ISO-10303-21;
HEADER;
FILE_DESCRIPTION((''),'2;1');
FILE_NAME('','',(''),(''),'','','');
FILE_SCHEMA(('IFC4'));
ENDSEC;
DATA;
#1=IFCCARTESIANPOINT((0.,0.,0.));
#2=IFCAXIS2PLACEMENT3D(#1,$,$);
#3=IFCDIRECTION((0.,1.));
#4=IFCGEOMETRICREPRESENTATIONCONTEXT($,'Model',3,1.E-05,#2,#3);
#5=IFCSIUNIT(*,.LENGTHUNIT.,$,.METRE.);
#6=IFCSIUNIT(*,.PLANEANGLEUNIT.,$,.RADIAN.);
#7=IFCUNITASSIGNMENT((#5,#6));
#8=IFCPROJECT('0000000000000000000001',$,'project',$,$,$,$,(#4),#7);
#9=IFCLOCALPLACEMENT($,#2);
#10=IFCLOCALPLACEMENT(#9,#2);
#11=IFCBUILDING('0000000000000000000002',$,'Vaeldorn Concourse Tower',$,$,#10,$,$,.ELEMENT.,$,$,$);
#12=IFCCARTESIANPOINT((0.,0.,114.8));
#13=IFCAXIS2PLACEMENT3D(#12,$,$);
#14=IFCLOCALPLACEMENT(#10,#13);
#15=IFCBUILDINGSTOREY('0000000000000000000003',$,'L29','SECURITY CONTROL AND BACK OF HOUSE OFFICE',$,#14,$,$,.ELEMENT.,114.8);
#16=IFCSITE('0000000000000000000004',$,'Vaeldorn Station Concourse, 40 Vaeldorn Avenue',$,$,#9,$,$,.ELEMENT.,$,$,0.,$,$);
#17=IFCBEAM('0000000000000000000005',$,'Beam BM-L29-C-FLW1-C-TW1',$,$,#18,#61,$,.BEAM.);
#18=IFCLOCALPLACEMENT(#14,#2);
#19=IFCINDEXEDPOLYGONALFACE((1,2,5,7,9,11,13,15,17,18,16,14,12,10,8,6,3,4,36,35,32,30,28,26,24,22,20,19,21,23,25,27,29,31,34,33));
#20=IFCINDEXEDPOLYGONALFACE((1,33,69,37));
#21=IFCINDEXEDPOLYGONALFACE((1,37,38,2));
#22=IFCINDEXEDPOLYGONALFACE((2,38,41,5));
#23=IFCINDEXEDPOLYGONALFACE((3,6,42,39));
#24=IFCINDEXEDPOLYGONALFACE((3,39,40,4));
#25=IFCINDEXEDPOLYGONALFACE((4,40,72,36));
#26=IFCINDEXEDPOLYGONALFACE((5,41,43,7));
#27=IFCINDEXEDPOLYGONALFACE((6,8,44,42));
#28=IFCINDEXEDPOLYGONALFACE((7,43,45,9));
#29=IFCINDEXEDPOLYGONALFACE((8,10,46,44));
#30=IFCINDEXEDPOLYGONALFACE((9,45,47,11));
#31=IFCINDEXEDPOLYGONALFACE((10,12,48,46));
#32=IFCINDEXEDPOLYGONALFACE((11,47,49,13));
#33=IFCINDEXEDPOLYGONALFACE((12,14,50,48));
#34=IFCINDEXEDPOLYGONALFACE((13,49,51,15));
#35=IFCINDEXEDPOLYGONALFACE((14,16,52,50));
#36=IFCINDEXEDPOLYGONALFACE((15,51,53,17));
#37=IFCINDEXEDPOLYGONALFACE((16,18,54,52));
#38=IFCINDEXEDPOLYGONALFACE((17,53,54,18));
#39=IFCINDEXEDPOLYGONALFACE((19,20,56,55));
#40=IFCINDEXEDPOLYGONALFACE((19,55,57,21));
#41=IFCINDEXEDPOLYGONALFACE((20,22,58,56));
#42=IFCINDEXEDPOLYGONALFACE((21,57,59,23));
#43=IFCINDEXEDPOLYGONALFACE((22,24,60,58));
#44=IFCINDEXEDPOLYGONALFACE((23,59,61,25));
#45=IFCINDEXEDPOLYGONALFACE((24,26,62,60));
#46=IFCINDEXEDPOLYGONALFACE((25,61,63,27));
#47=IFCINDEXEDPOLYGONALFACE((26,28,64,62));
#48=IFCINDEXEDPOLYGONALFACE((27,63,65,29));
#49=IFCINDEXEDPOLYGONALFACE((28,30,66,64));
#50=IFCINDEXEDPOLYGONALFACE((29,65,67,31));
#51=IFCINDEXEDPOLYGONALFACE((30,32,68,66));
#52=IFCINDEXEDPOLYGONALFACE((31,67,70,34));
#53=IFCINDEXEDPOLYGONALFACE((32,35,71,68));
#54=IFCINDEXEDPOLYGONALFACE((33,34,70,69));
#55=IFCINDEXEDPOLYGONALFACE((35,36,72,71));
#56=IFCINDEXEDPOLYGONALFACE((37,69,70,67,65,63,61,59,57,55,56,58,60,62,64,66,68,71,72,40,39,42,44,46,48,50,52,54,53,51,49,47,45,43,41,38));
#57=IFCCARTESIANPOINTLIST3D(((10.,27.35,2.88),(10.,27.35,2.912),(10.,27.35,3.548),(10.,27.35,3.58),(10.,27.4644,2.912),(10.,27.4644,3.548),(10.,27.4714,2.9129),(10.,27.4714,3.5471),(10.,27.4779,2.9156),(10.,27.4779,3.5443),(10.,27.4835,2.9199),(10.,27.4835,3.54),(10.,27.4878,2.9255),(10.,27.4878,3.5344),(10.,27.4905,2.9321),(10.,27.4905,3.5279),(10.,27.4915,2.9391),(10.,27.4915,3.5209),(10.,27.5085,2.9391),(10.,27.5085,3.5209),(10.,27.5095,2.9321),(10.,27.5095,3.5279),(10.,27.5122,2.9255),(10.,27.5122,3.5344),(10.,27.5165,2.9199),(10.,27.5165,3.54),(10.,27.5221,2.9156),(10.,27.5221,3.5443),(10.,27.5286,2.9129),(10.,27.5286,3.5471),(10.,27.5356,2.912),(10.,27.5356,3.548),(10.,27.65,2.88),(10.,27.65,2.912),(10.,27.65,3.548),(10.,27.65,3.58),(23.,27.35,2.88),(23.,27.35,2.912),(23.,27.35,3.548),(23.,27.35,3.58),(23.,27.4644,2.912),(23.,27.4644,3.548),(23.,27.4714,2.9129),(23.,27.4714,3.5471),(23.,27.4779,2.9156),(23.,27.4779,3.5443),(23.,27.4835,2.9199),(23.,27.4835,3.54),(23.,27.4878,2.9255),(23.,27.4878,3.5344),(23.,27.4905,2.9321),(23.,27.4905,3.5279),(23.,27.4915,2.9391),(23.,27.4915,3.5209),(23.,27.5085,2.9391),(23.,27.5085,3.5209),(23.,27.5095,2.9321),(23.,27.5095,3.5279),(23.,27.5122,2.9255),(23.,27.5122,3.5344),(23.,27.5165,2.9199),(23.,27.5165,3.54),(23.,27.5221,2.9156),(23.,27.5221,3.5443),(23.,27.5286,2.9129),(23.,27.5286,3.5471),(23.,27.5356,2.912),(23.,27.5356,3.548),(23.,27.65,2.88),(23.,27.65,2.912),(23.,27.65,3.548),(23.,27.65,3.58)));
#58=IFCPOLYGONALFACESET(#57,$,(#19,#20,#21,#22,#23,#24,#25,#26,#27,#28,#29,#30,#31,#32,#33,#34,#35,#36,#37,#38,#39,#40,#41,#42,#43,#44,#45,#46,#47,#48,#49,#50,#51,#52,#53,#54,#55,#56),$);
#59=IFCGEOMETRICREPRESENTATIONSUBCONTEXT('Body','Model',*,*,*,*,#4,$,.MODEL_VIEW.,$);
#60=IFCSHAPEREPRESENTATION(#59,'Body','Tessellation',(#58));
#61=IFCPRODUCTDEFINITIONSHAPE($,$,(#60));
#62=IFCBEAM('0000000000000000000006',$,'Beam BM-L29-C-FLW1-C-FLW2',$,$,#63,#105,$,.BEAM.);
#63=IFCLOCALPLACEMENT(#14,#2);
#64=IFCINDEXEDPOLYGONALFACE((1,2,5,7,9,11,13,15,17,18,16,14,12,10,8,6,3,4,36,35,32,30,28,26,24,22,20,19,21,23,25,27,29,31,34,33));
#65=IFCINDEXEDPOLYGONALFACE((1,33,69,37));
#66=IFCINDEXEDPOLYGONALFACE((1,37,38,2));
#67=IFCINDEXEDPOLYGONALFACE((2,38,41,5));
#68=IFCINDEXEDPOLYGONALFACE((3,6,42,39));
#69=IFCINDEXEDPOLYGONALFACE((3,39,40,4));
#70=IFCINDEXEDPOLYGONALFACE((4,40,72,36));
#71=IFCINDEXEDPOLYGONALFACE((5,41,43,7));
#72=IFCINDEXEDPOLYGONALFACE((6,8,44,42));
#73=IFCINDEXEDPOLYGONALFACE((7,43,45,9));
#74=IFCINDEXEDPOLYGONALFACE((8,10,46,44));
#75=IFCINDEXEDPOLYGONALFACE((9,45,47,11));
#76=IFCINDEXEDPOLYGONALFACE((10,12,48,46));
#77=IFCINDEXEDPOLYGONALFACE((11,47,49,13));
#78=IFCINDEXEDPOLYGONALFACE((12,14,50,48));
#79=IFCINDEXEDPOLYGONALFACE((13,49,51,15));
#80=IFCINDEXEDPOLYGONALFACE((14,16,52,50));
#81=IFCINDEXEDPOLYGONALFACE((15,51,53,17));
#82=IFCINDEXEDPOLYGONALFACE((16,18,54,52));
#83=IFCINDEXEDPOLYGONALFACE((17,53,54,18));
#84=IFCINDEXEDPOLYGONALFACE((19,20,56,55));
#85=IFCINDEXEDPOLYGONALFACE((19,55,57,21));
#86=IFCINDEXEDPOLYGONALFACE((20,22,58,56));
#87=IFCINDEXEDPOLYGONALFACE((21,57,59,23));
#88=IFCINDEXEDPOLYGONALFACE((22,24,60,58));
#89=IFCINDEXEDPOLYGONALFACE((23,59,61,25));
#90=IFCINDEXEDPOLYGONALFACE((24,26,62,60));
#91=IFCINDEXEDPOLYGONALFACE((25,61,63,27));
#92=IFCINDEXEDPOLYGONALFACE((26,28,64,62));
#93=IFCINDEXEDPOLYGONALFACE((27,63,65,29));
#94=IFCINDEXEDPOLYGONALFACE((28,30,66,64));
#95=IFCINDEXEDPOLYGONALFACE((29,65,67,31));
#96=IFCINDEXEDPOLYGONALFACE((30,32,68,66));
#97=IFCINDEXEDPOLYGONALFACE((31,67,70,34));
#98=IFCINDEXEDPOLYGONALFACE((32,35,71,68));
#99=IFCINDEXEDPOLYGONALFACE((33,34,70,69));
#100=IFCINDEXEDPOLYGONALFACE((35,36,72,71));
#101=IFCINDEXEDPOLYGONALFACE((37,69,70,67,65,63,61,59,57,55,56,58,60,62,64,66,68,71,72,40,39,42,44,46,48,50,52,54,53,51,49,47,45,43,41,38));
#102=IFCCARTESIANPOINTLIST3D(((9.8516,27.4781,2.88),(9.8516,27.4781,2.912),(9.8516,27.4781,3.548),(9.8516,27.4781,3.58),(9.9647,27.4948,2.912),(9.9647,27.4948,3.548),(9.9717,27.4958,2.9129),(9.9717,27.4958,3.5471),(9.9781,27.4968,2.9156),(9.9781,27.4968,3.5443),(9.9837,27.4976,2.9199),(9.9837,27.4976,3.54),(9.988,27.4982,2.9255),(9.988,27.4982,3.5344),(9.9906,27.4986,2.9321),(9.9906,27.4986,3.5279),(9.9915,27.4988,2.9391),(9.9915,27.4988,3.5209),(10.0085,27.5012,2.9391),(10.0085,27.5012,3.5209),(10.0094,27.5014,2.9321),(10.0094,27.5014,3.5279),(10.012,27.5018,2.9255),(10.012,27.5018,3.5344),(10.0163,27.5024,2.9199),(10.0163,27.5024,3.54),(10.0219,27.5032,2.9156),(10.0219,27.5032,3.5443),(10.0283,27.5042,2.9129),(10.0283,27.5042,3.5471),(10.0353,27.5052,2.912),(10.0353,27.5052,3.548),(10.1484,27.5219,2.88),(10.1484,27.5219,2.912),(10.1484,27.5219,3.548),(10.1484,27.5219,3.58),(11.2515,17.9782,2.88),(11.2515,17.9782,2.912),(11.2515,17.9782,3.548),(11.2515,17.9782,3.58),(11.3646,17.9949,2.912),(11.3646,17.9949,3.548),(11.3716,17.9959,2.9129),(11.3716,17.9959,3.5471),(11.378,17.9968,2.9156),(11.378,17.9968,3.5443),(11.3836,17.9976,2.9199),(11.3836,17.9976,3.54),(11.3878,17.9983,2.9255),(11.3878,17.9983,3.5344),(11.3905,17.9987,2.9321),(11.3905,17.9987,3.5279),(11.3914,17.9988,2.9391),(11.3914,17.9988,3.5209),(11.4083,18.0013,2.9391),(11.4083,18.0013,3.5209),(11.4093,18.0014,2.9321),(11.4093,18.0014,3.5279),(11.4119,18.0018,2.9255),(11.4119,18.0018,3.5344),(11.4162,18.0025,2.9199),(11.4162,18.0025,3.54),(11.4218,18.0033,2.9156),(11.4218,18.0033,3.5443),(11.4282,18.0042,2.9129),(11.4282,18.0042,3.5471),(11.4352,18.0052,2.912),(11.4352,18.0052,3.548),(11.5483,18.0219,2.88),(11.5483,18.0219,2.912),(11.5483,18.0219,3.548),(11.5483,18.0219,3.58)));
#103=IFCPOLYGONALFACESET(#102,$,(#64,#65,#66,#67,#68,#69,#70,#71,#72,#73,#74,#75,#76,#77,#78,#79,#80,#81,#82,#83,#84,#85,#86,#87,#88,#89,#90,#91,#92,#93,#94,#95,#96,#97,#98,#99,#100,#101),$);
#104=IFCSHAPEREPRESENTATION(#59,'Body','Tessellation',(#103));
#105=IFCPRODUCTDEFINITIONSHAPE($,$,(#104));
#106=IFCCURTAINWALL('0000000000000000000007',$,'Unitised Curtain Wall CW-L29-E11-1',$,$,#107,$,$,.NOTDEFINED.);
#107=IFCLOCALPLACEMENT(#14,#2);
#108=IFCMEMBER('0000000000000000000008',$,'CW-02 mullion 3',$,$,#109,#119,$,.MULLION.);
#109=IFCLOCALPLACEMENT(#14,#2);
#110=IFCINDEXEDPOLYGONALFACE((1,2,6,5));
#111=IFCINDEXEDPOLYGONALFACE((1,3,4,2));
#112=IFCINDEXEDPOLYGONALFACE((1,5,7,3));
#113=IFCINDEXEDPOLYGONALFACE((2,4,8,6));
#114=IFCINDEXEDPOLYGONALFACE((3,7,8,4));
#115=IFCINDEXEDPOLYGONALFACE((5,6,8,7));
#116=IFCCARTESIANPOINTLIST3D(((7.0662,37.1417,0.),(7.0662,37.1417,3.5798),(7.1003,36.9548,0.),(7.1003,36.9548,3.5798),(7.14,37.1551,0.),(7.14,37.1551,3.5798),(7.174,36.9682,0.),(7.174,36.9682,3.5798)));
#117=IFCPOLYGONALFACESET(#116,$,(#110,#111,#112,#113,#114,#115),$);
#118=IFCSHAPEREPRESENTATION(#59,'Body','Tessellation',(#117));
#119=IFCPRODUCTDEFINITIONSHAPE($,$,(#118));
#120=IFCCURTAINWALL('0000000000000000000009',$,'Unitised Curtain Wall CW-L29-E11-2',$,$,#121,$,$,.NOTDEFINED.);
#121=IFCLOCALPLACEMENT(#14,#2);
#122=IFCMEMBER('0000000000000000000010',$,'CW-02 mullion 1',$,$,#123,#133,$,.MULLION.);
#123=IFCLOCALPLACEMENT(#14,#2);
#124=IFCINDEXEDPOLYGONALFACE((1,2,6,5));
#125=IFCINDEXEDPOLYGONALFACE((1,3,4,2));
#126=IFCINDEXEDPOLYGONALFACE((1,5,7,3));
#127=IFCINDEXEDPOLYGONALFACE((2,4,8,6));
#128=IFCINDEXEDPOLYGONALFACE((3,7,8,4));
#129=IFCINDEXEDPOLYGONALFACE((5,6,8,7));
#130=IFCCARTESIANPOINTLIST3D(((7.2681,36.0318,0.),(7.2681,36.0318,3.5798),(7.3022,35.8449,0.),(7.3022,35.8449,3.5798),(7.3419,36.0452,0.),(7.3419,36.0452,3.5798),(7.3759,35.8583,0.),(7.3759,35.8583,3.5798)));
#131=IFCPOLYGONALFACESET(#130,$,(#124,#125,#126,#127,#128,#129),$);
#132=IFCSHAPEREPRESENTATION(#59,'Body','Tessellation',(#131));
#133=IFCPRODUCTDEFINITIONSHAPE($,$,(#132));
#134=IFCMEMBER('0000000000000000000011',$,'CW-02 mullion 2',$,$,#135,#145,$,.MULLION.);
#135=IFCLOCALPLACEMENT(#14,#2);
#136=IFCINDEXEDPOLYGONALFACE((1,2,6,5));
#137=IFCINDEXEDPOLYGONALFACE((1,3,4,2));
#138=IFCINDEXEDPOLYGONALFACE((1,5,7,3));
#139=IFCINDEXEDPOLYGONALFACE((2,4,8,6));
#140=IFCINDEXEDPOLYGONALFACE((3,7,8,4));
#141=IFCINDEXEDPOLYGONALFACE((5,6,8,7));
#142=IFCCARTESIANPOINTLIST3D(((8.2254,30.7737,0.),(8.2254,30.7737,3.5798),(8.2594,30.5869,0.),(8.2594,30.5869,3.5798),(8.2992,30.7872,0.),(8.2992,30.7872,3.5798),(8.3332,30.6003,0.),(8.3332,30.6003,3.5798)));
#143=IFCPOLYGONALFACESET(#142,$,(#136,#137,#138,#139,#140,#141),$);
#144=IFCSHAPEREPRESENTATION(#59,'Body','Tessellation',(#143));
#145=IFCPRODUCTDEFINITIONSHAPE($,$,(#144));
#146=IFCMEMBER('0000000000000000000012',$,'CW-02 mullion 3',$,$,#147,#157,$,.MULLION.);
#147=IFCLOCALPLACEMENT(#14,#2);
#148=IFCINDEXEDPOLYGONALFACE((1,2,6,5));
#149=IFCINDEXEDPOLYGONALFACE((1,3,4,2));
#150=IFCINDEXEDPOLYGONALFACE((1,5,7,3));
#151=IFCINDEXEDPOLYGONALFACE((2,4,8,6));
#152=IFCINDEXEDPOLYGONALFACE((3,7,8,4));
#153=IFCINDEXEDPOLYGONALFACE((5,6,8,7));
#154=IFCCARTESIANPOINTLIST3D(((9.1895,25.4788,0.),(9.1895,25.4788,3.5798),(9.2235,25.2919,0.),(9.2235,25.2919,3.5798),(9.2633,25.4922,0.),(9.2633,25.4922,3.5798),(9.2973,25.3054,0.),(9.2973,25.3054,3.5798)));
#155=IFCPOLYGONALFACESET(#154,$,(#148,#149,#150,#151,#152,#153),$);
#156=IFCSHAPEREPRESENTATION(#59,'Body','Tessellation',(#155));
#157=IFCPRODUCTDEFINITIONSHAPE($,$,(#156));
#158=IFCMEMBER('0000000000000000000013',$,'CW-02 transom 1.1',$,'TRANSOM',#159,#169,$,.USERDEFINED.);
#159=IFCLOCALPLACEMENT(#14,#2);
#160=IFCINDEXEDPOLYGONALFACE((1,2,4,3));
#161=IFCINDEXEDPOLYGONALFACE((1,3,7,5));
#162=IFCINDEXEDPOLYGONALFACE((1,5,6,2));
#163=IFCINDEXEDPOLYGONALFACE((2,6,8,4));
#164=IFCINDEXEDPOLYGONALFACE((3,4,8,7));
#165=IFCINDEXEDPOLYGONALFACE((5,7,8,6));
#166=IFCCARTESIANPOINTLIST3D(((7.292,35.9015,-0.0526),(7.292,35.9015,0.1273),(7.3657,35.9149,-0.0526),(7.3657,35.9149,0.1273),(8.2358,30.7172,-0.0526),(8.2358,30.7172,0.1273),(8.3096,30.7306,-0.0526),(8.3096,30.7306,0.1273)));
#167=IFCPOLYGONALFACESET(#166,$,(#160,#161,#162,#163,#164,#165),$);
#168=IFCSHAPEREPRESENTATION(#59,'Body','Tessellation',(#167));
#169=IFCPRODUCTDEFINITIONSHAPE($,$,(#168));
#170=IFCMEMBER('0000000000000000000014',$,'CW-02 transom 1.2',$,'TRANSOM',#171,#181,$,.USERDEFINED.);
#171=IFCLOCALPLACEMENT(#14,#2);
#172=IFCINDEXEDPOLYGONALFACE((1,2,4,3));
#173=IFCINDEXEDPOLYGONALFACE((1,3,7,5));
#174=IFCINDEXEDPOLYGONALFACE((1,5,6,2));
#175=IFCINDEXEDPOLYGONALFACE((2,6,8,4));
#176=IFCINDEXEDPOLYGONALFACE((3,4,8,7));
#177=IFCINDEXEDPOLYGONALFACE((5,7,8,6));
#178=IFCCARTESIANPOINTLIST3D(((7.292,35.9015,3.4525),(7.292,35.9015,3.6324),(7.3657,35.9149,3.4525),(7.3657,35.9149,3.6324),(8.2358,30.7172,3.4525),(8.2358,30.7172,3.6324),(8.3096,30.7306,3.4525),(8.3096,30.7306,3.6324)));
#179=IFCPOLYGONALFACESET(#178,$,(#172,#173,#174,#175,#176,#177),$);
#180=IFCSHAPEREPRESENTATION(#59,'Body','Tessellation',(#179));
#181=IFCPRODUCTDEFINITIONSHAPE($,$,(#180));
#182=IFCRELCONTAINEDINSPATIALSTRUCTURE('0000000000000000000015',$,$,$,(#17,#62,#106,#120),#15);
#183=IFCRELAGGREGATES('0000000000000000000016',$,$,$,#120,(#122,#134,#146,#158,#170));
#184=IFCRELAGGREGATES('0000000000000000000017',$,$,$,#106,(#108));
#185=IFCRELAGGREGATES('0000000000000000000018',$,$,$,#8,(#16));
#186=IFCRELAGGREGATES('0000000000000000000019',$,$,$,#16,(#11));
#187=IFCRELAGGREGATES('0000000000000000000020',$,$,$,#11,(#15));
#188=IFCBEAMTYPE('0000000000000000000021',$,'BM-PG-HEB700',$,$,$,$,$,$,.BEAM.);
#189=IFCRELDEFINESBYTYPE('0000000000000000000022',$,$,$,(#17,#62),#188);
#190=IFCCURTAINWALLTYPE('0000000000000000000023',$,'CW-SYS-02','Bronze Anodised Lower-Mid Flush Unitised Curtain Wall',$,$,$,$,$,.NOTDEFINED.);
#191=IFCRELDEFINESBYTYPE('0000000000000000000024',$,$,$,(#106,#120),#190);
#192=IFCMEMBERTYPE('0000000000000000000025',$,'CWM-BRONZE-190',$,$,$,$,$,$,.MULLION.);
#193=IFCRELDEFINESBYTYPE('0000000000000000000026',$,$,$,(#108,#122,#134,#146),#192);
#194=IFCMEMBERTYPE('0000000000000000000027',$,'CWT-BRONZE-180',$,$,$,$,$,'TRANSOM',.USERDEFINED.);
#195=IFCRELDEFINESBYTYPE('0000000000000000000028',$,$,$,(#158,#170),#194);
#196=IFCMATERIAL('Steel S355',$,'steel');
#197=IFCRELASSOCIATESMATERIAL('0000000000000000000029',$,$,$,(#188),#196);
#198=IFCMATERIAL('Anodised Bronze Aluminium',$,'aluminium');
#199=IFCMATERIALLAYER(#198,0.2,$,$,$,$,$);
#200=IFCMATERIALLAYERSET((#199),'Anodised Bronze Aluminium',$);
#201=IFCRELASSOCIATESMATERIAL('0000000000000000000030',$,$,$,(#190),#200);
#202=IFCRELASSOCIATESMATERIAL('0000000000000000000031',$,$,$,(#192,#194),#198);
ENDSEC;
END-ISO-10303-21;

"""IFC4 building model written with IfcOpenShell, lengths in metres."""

from ifc_helpers import new_model, si_unit, direction, frame, origin, origin_2d, place, context, subcontext, project, spatial, rectangle, i_section, extrude, source, transform, mapped, material, layer, layer_set, material_profile, profile_set, type_object, element, aggregate, save


model = new_model("IFC4")

# Units and contexts
model_context = context("Model", 3, precision=1e-05, world=origin(), true_north=direction((0.0, 1.0)))
body_context = subcontext(model_context, "Body", "Model", "MODEL_VIEW")
ifc_project = project(units=[si_unit("LENGTHUNIT", "METRE"), si_unit("PLANEANGLEUNIT", "RADIAN")], contexts=[model_context])

# Site, building, storey
site_placement = place(None, origin())
site = spatial("IfcSite", under=ifc_project, at=site_placement, Name="Vaeldorn Station Concourse, 40 Vaeldorn Avenue", CompositionType="ELEMENT", RefElevation=0.0)
building_placement = place(site_placement, origin())
building = spatial("IfcBuilding", under=site, at=building_placement, Name="Vaeldorn Concourse Tower", CompositionType="ELEMENT")
storey_placement = place(building_placement, frame((0.0, 0.0, 114.8)))
storey = spatial("IfcBuildingStorey", under=building, at=storey_placement, Name="L29", Description="SECURITY CONTROL AND BACK OF HOUSE OFFICE", CompositionType="ELEMENT", Elevation=114.8)

# Beams
ifc_material_1 = material(Name="Steel S355", Category="steel")
ifc_material_profile_1 = material_profile(ifc_material_1, i_section(OverallWidth=0.3, OverallDepth=0.7, WebThickness=0.0171, FlangeThickness=0.032, FilletRadius=0.0271, at=origin_2d()), Name="HEB 700")
ifc_profile_set_1 = profile_set([ifc_material_profile_1], Name="Steel S355")
beam_type_1 = type_object("IfcBeamType", Name="BM-PG-HEB700", PredefinedType="BEAM", material=ifc_profile_set_1)
shared_shape_1 = source(origin(), body_context, "Body", "SweptSolid", [
    extrude(i_section(OverallWidth=0.3, OverallDepth=0.7, WebThickness=0.0171, FlangeThickness=0.032, FilletRadius=0.0271, at=origin_2d()), origin(), (0.0, 0.0, 1.0), 13.0),
])
beam_1_placement = place(storey_placement, frame((10.0, 27.5, 3.23), z_axis=(1.0, 0.0, 0.0), x_axis=(0.0, 1.0, 0.0)))
element("IfcBeam", 1, at=beam_1_placement, inside=storey, type_object=beam_type_1, Name="Beam BM-L29-C-FLW1-C-TW1", PredefinedType="BEAM", context=body_context, shape_type="MappedRepresentation", body=[
    mapped(shared_shape_1, transform((0.0, 0.0, 0.0), scale=1.0)),
])
shared_shape_2 = source(origin(), body_context, "Body", "SweptSolid", [
    extrude(i_section(OverallWidth=0.3, OverallDepth=0.7, WebThickness=0.0171, FlangeThickness=0.032, FilletRadius=0.0271, at=origin_2d()), origin(), (0.0, 0.0, 1.0), 9.6025),
])
beam_2_placement = place(storey_placement, frame((10.0, 27.5, 3.23), z_axis=(0.145784, -0.989316, 0.0), x_axis=(0.989316, 0.145784, 0.0)))
element("IfcBeam", 2, at=beam_2_placement, inside=storey, type_object=beam_type_1, Name="Beam BM-L29-C-FLW1-C-FLW2", PredefinedType="BEAM", context=body_context, shape_type="MappedRepresentation", body=[
    mapped(shared_shape_2, transform((0.0, 0.0, 0.0), scale=1.0)),
])

# Curtain wall, member
ifc_material_2 = material(Name="Anodised Bronze Aluminium", Category="aluminium")
ifc_layer_1 = layer(ifc_material_2, 0.2)
ifc_layer_set_1 = layer_set([ifc_layer_1], Name="Anodised Bronze Aluminium")
curtain_wall_type = type_object("IfcCurtainWallType", Name="CW-SYS-02", Description="Bronze Anodised Lower-Mid Flush Unitised Curtain Wall", PredefinedType="NOTDEFINED", material=ifc_layer_set_1)
curtain_wall_1_placement = place(storey_placement, origin())
curtain_wall_1 = element("IfcCurtainWall", 3, at=curtain_wall_1_placement, inside=storey, type_object=curtain_wall_type, Name="Unitised Curtain Wall CW-L29-E11-1", PredefinedType="NOTDEFINED")
ifc_material_profile_2 = material_profile(ifc_material_2, rectangle(XDim=0.075, YDim=0.1899, at=origin_2d()), Name="CWM 75x190")
ifc_profile_set_2 = profile_set([ifc_material_profile_2], Name="Anodised Bronze Aluminium")
member_type_1 = type_object("IfcMemberType", Name="CWM-BRONZE-190", PredefinedType="MULLION", material=ifc_profile_set_2)
shared_shape_3 = source(origin(), body_context, "Body", "SweptSolid", [
    extrude(rectangle(XDim=0.075, YDim=0.1899, at=origin_2d()), origin(), (0.0, 0.0, 1.0), 3.5798),
])
member_1_placement = place(storey_placement, frame((7.1201, 37.0549, 0.0), z_axis=(0.0, 0.0, 1.0), x_axis=(0.983828, 0.179114, 0.0)))
member_1 = element("IfcMember", 4, at=member_1_placement, type_object=member_type_1, Name="CW-02 mullion 3", PredefinedType="MULLION", context=body_context, shape_type="MappedRepresentation", body=[
    mapped(shared_shape_3, transform((0.0, 0.0, 0.0), scale=1.0)),
])

# Curtain wall, members
curtain_wall_2_placement = place(storey_placement, origin())
curtain_wall_2 = element("IfcCurtainWall", 5, at=curtain_wall_2_placement, inside=storey, type_object=curtain_wall_type, Name="Unitised Curtain Wall CW-L29-E11-2", PredefinedType="NOTDEFINED")
member_2_placement = place(storey_placement, frame((7.322, 35.9451, 0.0), z_axis=(0.0, 0.0, 1.0), x_axis=(0.983828, 0.179118, 0.0)))
member_2 = element("IfcMember", 6, at=member_2_placement, type_object=member_type_1, Name="CW-02 mullion 1", PredefinedType="MULLION", context=body_context, shape_type="MappedRepresentation", body=[
    mapped(shared_shape_3, transform((0.0, 0.0, 0.0), scale=1.0)),
])
member_3_placement = place(storey_placement, frame((8.2793, 30.687, 0.0), z_axis=(0.0, 0.0, 1.0), x_axis=(0.983828, 0.179118, 0.0)))
member_3 = element("IfcMember", 7, at=member_3_placement, type_object=member_type_1, Name="CW-02 mullion 2", PredefinedType="MULLION", context=body_context, shape_type="MappedRepresentation", body=[
    mapped(shared_shape_3, transform((0.0, 0.0, 0.0), scale=1.0)),
])
member_4_placement = place(storey_placement, frame((9.2434, 25.3921, 0.0), z_axis=(0.0, 0.0, 1.0), x_axis=(0.983828, 0.179118, 0.0)))
member_4 = element("IfcMember", 8, at=member_4_placement, type_object=member_type_1, Name="CW-02 mullion 3", PredefinedType="MULLION", context=body_context, shape_type="MappedRepresentation", body=[
    mapped(shared_shape_3, transform((0.0, 0.0, 0.0), scale=1.0)),
])
ifc_material_profile_3 = material_profile(ifc_material_2, rectangle(XDim=0.075, YDim=0.1799, at=origin_2d()), Name="CWT 75x180")
ifc_profile_set_3 = profile_set([ifc_material_profile_3], Name="Anodised Bronze Aluminium")
member_type_2 = type_object("IfcMemberType", Name="CWT-BRONZE-180", ElementType="TRANSOM", PredefinedType="USERDEFINED", material=ifc_profile_set_3)
shared_shape_4 = source(origin(), body_context, "Body", "SweptSolid", [
    extrude(rectangle(XDim=0.075, YDim=0.1799, at=origin_2d()), origin(), (0.0, 0.0, 1.0), 5.2695),
])
member_5_placement = place(storey_placement, frame((7.3289, 35.9082, 0.0374), z_axis=(0.179114, -0.983828, 0.0), x_axis=(0.983828, 0.179114, 0.0)))
member_5 = element("IfcMember", 9, at=member_5_placement, type_object=member_type_2, Name="CW-02 transom 1.1", ObjectType="TRANSOM", PredefinedType="USERDEFINED", context=body_context, shape_type="MappedRepresentation", body=[
    mapped(shared_shape_4, transform((0.0, 0.0, 0.0), scale=1.0)),
])
member_6_placement = place(storey_placement, frame((7.3289, 35.9082, 3.5425), z_axis=(0.179114, -0.983828, 0.0), x_axis=(0.983828, 0.179114, 0.0)))
member_6 = element("IfcMember", 10, at=member_6_placement, type_object=member_type_2, Name="CW-02 transom 1.2", ObjectType="TRANSOM", PredefinedType="USERDEFINED", context=body_context, shape_type="MappedRepresentation", body=[
    mapped(shared_shape_4, transform((0.0, 0.0, 0.0), scale=1.0)),
])
aggregate(curtain_wall_2, [member_2, member_3, member_4, member_5, member_6])

aggregate(curtain_wall_1, [member_1])

save(model, "model.ifc")
